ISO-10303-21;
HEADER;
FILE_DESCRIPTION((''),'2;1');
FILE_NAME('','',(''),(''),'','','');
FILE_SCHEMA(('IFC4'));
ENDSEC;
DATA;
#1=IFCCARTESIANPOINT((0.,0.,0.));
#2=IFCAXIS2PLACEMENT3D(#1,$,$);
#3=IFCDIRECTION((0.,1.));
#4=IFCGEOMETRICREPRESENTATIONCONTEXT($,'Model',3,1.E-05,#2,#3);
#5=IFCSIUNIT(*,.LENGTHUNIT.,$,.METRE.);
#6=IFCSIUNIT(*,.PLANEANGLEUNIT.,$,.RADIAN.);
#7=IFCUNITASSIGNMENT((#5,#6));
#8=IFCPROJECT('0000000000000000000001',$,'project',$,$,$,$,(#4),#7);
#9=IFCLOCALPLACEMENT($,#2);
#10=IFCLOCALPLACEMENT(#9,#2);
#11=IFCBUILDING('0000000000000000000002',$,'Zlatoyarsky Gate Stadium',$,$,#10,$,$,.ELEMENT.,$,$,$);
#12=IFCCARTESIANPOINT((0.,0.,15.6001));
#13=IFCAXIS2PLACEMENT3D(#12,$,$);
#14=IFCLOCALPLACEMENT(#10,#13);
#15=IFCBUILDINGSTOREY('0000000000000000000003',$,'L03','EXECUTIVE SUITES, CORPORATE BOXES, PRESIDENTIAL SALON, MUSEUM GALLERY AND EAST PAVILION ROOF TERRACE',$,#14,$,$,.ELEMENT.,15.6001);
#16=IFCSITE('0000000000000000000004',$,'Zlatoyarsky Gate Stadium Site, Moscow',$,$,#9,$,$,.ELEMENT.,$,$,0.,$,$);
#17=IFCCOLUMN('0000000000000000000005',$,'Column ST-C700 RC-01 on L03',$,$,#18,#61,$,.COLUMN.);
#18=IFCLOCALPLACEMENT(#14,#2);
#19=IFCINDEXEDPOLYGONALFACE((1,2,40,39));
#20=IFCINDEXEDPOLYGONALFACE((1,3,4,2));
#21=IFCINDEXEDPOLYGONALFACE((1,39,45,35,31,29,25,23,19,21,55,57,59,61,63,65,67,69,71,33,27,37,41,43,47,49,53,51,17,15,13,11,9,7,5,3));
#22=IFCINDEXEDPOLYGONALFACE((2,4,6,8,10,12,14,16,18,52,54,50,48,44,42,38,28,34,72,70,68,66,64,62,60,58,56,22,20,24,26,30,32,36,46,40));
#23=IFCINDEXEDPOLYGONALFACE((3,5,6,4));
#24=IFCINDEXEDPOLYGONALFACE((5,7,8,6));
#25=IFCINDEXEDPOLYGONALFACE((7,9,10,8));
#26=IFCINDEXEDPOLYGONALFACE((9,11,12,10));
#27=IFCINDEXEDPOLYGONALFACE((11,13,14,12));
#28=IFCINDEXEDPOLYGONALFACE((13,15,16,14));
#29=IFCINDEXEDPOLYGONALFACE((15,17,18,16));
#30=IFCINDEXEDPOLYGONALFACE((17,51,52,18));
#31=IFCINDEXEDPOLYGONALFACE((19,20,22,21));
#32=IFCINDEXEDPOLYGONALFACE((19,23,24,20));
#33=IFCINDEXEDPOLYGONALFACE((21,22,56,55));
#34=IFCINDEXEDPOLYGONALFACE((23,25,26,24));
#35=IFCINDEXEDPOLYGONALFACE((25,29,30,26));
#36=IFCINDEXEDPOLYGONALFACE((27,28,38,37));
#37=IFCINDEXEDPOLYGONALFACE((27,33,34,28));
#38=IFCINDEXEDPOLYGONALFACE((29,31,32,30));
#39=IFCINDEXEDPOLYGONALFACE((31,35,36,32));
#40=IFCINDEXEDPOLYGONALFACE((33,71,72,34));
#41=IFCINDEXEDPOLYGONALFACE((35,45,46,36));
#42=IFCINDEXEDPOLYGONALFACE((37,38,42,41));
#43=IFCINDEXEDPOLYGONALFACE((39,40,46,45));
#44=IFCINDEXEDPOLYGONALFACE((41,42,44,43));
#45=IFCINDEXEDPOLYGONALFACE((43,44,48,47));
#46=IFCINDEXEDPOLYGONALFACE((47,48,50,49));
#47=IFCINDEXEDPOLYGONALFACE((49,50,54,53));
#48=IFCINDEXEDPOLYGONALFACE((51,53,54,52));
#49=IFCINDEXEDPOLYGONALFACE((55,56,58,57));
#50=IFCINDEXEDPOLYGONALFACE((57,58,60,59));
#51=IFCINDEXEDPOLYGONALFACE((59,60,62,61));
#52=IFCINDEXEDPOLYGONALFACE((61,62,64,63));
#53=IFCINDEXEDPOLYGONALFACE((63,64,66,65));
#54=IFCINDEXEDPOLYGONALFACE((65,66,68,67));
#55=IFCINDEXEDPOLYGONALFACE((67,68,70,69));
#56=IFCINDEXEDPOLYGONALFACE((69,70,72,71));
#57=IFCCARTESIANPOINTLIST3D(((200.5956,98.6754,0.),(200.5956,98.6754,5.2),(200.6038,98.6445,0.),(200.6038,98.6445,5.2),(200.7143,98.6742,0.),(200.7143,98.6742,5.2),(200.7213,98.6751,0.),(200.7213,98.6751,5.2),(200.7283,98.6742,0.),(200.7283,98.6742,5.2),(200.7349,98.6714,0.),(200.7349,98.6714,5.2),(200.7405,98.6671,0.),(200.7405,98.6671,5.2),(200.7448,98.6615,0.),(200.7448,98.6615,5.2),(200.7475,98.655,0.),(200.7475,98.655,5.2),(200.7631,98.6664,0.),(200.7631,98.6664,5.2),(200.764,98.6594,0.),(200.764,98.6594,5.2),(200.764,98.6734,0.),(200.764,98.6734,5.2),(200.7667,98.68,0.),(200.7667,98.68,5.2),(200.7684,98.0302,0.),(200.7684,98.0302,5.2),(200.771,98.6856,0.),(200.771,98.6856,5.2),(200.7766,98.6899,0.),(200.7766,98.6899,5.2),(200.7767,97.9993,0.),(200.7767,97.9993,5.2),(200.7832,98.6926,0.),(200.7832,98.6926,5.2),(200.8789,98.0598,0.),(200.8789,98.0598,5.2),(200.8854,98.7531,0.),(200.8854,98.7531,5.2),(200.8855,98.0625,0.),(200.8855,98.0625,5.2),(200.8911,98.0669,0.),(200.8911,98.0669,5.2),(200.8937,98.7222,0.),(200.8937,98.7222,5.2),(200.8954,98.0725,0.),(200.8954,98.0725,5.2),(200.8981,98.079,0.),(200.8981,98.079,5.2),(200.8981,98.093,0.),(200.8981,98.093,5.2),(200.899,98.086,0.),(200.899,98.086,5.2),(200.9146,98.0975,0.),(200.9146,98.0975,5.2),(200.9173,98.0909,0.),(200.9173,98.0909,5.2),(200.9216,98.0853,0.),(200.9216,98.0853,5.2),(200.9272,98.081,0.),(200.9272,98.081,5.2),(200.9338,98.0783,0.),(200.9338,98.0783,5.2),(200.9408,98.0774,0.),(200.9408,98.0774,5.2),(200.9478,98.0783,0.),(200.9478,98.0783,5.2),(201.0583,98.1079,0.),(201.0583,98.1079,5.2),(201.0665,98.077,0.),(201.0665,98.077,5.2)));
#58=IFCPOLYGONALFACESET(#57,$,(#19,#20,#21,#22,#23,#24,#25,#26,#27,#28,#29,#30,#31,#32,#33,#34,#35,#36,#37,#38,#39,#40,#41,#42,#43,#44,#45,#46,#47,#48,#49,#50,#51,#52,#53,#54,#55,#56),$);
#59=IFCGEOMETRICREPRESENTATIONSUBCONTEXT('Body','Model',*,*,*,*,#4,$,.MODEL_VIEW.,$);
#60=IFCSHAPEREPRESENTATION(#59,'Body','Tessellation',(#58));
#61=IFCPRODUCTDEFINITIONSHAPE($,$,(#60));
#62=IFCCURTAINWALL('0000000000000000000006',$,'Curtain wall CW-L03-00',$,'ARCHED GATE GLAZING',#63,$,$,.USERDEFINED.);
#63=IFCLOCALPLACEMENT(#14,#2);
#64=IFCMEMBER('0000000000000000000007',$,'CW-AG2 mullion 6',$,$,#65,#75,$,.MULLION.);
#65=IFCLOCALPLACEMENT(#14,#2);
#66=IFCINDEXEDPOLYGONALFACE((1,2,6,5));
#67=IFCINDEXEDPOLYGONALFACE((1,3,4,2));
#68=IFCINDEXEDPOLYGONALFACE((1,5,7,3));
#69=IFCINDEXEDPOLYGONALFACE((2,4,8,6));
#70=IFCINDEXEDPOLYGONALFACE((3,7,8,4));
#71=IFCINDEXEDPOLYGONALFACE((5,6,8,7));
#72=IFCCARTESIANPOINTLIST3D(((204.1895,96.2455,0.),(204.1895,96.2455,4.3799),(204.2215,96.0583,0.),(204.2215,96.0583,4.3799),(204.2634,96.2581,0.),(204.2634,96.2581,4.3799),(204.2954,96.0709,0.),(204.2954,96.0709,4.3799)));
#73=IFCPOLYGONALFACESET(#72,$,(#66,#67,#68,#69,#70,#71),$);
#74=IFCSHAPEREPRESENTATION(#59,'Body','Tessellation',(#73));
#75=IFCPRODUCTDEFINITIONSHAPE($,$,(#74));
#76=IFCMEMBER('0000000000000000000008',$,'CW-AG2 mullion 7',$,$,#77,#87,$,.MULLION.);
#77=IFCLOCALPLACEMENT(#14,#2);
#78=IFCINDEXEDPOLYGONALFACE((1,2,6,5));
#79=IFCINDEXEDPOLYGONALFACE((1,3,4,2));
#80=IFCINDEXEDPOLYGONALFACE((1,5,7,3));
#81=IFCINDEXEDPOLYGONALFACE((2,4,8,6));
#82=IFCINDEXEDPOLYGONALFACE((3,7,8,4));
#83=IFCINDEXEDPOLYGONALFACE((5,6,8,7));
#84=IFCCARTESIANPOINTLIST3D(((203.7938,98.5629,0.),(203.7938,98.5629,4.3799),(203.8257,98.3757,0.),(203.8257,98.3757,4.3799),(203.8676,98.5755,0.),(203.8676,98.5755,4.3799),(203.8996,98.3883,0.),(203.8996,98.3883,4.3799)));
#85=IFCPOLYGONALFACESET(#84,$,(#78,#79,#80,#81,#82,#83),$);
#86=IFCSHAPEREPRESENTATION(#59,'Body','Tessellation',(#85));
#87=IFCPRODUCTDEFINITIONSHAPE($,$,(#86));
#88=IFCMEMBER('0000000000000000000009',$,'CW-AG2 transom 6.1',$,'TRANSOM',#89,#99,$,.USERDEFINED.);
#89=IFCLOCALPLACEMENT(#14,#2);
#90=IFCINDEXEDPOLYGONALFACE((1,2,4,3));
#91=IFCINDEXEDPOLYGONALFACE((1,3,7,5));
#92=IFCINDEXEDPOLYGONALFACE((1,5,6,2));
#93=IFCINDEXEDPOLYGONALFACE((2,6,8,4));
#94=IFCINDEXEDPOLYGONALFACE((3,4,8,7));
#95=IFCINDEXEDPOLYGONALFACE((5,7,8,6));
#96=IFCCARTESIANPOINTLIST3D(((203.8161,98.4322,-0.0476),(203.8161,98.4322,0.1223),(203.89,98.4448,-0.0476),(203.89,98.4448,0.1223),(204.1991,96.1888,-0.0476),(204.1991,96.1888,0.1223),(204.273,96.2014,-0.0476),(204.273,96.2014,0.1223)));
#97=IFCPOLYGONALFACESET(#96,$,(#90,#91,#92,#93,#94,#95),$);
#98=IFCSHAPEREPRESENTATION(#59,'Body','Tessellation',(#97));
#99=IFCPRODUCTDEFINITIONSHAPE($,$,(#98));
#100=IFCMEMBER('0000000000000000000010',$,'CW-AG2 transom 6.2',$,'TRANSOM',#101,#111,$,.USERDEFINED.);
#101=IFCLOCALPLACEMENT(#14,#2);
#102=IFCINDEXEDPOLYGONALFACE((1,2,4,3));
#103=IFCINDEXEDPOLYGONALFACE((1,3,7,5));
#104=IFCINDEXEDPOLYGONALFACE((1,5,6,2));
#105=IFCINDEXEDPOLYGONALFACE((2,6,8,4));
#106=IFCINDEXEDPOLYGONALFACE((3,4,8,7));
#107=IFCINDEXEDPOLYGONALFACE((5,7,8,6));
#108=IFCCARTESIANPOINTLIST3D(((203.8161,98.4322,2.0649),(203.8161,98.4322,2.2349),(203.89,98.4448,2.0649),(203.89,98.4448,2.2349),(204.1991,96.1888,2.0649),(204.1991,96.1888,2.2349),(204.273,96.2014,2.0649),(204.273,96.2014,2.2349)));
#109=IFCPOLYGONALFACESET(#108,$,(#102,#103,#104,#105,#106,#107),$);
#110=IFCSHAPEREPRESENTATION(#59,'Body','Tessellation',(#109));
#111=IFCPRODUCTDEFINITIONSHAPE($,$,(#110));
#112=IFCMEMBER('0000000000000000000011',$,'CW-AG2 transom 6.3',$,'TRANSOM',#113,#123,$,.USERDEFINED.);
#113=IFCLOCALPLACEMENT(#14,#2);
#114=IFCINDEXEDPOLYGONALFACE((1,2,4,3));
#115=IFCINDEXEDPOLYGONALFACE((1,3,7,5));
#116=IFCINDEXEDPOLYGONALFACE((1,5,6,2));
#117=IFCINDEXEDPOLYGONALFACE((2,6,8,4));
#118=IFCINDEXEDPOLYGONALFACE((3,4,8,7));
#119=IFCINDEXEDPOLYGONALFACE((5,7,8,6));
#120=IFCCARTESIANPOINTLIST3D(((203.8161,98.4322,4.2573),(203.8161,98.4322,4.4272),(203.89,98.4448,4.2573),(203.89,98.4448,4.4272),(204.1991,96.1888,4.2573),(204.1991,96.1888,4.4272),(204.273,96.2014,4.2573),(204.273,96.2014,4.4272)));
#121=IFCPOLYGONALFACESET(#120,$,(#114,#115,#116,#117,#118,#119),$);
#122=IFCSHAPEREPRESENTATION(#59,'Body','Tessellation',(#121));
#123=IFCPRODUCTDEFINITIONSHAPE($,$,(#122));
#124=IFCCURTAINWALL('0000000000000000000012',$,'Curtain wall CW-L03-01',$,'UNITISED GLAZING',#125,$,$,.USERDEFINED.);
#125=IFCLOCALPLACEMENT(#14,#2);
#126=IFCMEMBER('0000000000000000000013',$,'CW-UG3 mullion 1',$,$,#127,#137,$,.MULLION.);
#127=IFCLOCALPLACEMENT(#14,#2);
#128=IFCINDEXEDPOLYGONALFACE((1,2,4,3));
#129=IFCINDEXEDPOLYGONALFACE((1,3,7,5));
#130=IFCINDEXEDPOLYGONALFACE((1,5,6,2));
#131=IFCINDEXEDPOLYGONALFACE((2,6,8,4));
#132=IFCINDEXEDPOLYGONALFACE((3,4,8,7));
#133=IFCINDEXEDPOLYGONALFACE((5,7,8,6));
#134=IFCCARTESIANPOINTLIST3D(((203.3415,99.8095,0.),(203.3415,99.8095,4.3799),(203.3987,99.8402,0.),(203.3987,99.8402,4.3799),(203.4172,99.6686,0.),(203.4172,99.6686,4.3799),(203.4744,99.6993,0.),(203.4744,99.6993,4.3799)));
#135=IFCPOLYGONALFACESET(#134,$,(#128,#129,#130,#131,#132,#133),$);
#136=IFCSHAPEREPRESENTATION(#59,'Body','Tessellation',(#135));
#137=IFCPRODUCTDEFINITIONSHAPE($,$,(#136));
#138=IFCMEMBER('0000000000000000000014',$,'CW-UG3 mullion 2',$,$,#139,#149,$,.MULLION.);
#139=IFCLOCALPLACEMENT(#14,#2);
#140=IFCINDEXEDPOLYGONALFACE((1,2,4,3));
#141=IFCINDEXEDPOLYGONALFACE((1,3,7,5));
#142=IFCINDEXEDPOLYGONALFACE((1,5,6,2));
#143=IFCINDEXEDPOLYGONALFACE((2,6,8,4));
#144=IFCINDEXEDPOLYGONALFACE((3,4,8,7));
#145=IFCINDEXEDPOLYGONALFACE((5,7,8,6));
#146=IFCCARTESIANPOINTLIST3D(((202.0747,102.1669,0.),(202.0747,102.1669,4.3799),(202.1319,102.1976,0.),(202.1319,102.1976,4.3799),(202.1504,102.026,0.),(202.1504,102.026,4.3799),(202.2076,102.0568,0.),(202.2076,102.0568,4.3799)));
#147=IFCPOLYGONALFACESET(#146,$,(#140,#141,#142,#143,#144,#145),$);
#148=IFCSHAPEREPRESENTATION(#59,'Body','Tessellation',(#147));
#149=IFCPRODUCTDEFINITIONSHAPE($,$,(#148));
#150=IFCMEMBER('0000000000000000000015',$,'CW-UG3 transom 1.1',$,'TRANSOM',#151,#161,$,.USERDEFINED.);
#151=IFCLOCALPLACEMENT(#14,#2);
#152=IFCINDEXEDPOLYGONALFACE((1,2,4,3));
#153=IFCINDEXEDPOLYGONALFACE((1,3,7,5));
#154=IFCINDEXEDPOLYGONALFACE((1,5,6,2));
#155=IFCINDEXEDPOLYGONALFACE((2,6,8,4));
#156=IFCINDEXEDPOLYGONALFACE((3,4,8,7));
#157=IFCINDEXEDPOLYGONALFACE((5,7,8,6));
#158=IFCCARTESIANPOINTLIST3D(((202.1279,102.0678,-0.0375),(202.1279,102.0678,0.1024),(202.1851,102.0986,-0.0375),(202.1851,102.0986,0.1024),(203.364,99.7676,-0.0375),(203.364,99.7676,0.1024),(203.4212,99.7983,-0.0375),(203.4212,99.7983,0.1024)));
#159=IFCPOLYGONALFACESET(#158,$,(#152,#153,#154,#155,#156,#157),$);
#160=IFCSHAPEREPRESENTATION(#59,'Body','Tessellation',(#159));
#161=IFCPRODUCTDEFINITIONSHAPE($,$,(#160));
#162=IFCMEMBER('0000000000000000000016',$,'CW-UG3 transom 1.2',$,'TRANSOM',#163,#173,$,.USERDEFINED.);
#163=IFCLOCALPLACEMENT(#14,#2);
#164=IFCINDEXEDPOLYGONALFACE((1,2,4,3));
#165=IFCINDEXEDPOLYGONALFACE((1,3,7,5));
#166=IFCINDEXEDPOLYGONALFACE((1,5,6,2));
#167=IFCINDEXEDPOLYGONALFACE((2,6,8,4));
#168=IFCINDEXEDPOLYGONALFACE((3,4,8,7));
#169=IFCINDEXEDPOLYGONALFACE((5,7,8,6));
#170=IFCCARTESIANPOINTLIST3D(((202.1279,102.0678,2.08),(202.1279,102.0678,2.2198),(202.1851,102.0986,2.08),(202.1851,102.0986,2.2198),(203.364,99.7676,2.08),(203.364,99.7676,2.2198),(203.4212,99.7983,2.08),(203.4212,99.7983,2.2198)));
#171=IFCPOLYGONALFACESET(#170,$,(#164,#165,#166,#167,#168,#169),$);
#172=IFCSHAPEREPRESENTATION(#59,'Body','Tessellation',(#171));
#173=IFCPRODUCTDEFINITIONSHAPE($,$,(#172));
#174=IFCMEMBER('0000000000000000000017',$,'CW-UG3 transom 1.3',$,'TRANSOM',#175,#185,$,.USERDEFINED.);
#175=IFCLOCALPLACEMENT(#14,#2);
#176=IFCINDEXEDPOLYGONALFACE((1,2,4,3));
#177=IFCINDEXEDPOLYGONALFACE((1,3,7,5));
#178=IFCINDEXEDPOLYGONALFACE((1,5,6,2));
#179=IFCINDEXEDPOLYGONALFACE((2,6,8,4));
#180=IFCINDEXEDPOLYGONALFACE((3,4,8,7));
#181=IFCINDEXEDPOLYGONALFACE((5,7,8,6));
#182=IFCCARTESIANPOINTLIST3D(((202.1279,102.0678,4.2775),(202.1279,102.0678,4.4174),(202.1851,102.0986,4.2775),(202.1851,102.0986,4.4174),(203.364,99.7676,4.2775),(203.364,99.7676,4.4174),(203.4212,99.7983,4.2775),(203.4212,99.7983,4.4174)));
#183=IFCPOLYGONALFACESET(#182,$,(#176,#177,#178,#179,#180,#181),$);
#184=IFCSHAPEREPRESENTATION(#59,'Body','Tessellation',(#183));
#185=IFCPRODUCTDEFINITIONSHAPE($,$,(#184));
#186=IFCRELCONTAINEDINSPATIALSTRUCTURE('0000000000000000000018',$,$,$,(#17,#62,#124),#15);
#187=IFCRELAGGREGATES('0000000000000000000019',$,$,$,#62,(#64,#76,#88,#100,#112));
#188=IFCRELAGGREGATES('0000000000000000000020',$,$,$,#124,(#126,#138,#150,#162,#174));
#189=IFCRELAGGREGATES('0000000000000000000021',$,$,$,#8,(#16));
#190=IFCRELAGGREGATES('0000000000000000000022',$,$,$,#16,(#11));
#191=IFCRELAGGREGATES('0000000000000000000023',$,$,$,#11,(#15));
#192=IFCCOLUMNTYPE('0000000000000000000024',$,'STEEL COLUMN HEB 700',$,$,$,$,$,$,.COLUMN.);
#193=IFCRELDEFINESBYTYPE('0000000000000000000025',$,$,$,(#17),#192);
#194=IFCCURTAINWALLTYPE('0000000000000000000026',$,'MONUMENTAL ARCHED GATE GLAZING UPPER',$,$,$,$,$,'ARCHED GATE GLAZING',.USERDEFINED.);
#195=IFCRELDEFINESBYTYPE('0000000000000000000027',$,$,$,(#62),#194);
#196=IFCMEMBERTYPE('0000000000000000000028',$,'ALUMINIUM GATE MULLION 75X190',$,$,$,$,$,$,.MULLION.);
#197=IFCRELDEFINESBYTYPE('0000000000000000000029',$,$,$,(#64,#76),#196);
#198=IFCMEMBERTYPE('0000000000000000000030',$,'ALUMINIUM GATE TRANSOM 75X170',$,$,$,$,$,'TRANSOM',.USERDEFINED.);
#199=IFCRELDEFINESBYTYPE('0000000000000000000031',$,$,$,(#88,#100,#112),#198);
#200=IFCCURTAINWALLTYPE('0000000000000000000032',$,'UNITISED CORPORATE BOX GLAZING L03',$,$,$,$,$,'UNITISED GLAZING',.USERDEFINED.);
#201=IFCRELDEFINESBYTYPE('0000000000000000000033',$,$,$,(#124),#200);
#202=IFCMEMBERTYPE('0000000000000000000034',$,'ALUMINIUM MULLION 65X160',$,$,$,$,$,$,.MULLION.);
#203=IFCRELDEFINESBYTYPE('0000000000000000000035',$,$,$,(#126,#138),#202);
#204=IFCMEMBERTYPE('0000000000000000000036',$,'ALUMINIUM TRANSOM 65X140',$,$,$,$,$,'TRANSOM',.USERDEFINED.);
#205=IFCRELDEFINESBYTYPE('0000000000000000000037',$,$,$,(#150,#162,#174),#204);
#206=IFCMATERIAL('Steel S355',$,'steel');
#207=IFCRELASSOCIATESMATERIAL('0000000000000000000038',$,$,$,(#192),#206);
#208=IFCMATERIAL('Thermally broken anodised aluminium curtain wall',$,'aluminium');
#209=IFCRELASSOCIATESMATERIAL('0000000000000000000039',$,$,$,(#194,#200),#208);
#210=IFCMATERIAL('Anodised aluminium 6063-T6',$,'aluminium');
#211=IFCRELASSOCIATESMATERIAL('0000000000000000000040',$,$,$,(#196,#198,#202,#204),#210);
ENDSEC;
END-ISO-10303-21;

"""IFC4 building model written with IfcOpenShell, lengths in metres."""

from ifc_helpers import new_model, si_unit, direction, frame, origin, origin_2d, place, context, subcontext, project, spatial, rectangle, i_section, extrude, material, material_profile, profile_set, type_object, element, aggregate, save


model = new_model("IFC4")

# Units and contexts
model_context = context("Model", 3, precision=1e-05, world=origin(), true_north=direction((0.0, 1.0)))
body_context = subcontext(model_context, "Body", "Model", "MODEL_VIEW")
ifc_project = project(units=[si_unit("LENGTHUNIT", "METRE"), si_unit("PLANEANGLEUNIT", "RADIAN")], contexts=[model_context])

# Site, building, storey
site_placement = place(None, origin())
site = spatial("IfcSite", under=ifc_project, at=site_placement, Name="Zlatoyarsky Gate Stadium Site, Moscow", CompositionType="ELEMENT", RefElevation=0.0)
building_placement = place(site_placement, origin())
building = spatial("IfcBuilding", under=site, at=building_placement, Name="Zlatoyarsky Gate Stadium", CompositionType="ELEMENT")
storey_placement = place(building_placement, frame((0.0, 0.0, 15.6001)))
storey = spatial("IfcBuildingStorey", under=building, at=storey_placement, Name="L03", Description="EXECUTIVE SUITES, CORPORATE BOXES, PRESIDENTIAL SALON, MUSEUM GALLERY AND EAST PAVILION ROOF TERRACE", CompositionType="ELEMENT", Elevation=15.6001)

# Column
ifc_material_1 = material(Name="Steel S355", Category="steel")
ifc_material_profile_1 = material_profile(ifc_material_1, i_section(OverallWidth=0.3, OverallDepth=0.7, WebThickness=0.0171, FlangeThickness=0.032, FilletRadius=0.0271, at=origin_2d()), Name="HEB 700")
ifc_profile_set_1 = profile_set([ifc_material_profile_1], Name="Steel S355")
column_type = type_object("IfcColumnType", Name="STEEL COLUMN HEB 700", PredefinedType="COLUMN", material=ifc_profile_set_1)
column_placement = place(storey_placement, frame((200.8311, 98.3762, 0.0), z_axis=(0.0, 0.0, 1.0), x_axis=(0.965926, 0.258819, 0.0)))
element("IfcColumn", 1, at=column_placement, inside=storey, type_object=column_type, Name="Column ST-C700 RC-01 on L03", PredefinedType="COLUMN", context=body_context, shape_type="SweptSolid", body=[
    extrude(i_section(OverallWidth=0.3, OverallDepth=0.7, WebThickness=0.0171, FlangeThickness=0.032, FilletRadius=0.0271, at=origin_2d()), origin(), (0.0, 0.0, 1.0), 5.2),
])

# Curtain walls, members
ifc_material_2 = material(Name="Thermally broken anodised aluminium curtain wall", Category="aluminium")
curtain_wall_type_1 = type_object("IfcCurtainWallType", Name="MONUMENTAL ARCHED GATE GLAZING UPPER", ElementType="ARCHED GATE GLAZING", PredefinedType="USERDEFINED", material=ifc_material_2)
curtain_wall_1_placement = place(storey_placement, origin())
curtain_wall_1 = element("IfcCurtainWall", 2, at=curtain_wall_1_placement, inside=storey, type_object=curtain_wall_type_1, Name="Curtain wall CW-L03-00", ObjectType="ARCHED GATE GLAZING", PredefinedType="USERDEFINED")
ifc_material_3 = material(Name="Anodised aluminium 6063-T6", Category="aluminium")
ifc_material_profile_2 = material_profile(ifc_material_3, rectangle(XDim=0.075, YDim=0.1899, at=origin_2d()), Name="ALU 75X190")
ifc_profile_set_2 = profile_set([ifc_material_profile_2], Name="Anodised aluminium 6063-T6")
member_type_1 = type_object("IfcMemberType", Name="ALUMINIUM GATE MULLION 75X190", PredefinedType="MULLION", material=ifc_profile_set_2)
member_1_placement = place(storey_placement, frame((204.2424, 96.1582, 0.0), z_axis=(0.0, 0.0, 1.0), x_axis=(-0.985727, -0.168354, 0.0)))
member_1 = element("IfcMember", 3, at=member_1_placement, type_object=member_type_1, Name="CW-AG2 mullion 6", PredefinedType="MULLION", context=body_context, shape_type="SweptSolid", body=[
    extrude(rectangle(XDim=0.075, YDim=0.1899, at=origin_2d()), origin(), (0.0, 0.0, 1.0), 4.3799),
])
member_2_placement = place(storey_placement, frame((203.8467, 98.4756, 0.0), z_axis=(0.0, 0.0, 1.0), x_axis=(-0.985727, -0.168354, 0.0)))
member_2 = element("IfcMember", 4, at=member_2_placement, type_object=member_type_1, Name="CW-AG2 mullion 7", PredefinedType="MULLION", context=body_context, shape_type="SweptSolid", body=[
    extrude(rectangle(XDim=0.075, YDim=0.1899, at=origin_2d()), origin(), (0.0, 0.0, 1.0), 4.3799),
])
ifc_material_profile_3 = material_profile(ifc_material_3, rectangle(XDim=0.075, YDim=0.1699, at=origin_2d()), Name="ALU 75X170")
ifc_profile_set_3 = profile_set([ifc_material_profile_3], Name="Anodised aluminium 6063-T6")
member_type_2 = type_object("IfcMemberType", Name="ALUMINIUM GATE TRANSOM 75X170", ElementType="TRANSOM", PredefinedType="USERDEFINED", material=ifc_profile_set_3)
member_3_placement = place(storey_placement, frame((204.2361, 96.1951, 0.0374), z_axis=(-0.168312, 0.985734, 0.0), x_axis=(-0.985734, -0.168312, 0.0)))
member_3 = element("IfcMember", 5, at=member_3_placement, type_object=member_type_2, Name="CW-AG2 transom 6.1", ObjectType="TRANSOM", PredefinedType="USERDEFINED", context=body_context, shape_type="SweptSolid", body=[
    extrude(rectangle(XDim=0.075, YDim=0.1699, at=origin_2d()), origin(), (0.0, 0.0, 1.0), 2.2759),
])
member_4_placement = place(storey_placement, frame((204.2361, 96.1951, 2.1499), z_axis=(-0.168312, 0.985734, 0.0), x_axis=(-0.985734, -0.168312, 0.0)))
member_4 = element("IfcMember", 6, at=member_4_placement, type_object=member_type_2, Name="CW-AG2 transom 6.2", ObjectType="TRANSOM", PredefinedType="USERDEFINED", context=body_context, shape_type="SweptSolid", body=[
    extrude(rectangle(XDim=0.075, YDim=0.1699, at=origin_2d()), origin(), (0.0, 0.0, 1.0), 2.2759),
])
member_5_placement = place(storey_placement, frame((204.2361, 96.1951, 4.3423), z_axis=(-0.168312, 0.985734, 0.0), x_axis=(-0.985734, -0.168312, 0.0)))
member_5 = element("IfcMember", 7, at=member_5_placement, type_object=member_type_2, Name="CW-AG2 transom 6.3", ObjectType="TRANSOM", PredefinedType="USERDEFINED", context=body_context, shape_type="SweptSolid", body=[
    extrude(rectangle(XDim=0.075, YDim=0.1699, at=origin_2d()), origin(), (0.0, 0.0, 1.0), 2.2759),
])
curtain_wall_type_2 = type_object("IfcCurtainWallType", Name="UNITISED CORPORATE BOX GLAZING L03", ElementType="UNITISED GLAZING", PredefinedType="USERDEFINED", material=ifc_material_2)
curtain_wall_2_placement = place(storey_placement, origin())
curtain_wall_2 = element("IfcCurtainWall", 8, at=curtain_wall_2_placement, inside=storey, type_object=curtain_wall_type_2, Name="Curtain wall CW-L03-01", ObjectType="UNITISED GLAZING", PredefinedType="USERDEFINED")
ifc_material_profile_4 = material_profile(ifc_material_3, rectangle(XDim=0.0649, YDim=0.1599, at=origin_2d()), Name="ALU 65X160")
ifc_profile_set_4 = profile_set([ifc_material_profile_4], Name="Anodised aluminium 6063-T6")
member_type_3 = type_object("IfcMemberType", Name="ALUMINIUM MULLION 65X160", PredefinedType="MULLION", material=ifc_profile_set_4)
member_6_placement = place(storey_placement, frame((203.408, 99.7544, 0.0), z_axis=(0.0, 0.0, 1.0), x_axis=(-0.880877, -0.473345, 0.0)))
member_6 = element("IfcMember", 9, at=member_6_placement, type_object=member_type_3, Name="CW-UG3 mullion 1", PredefinedType="MULLION", context=body_context, shape_type="SweptSolid", body=[
    extrude(rectangle(XDim=0.0649, YDim=0.1599, at=origin_2d()), origin(), (0.0, 0.0, 1.0), 4.3799),
])
member_7_placement = place(storey_placement, frame((202.1411, 102.1118, 0.0), z_axis=(0.0, 0.0, 1.0), x_axis=(-0.880877, -0.473345, 0.0)))
member_7 = element("IfcMember", 10, at=member_7_placement, type_object=member_type_3, Name="CW-UG3 mullion 2", PredefinedType="MULLION", context=body_context, shape_type="SweptSolid", body=[
    extrude(rectangle(XDim=0.0649, YDim=0.1599, at=origin_2d()), origin(), (0.0, 0.0, 1.0), 4.3799),
])
ifc_material_profile_5 = material_profile(ifc_material_3, rectangle(XDim=0.0649, YDim=0.1399, at=origin_2d()), Name="ALU 65X140")
ifc_profile_set_5 = profile_set([ifc_material_profile_5], Name="Anodised aluminium 6063-T6")
member_type_4 = type_object("IfcMemberType", Name="ALUMINIUM TRANSOM 65X140", ElementType="TRANSOM", PredefinedType="USERDEFINED", material=ifc_profile_set_5)
member_8_placement = place(storey_placement, frame((203.3926, 99.783, 0.0325), z_axis=(-0.473347, 0.880876, 0.0), x_axis=(-0.880876, -0.473347, 0.0)))
member_8 = element("IfcMember", 11, at=member_8_placement, type_object=member_type_4, Name="CW-UG3 transom 1.1", ObjectType="TRANSOM", PredefinedType="USERDEFINED", context=body_context, shape_type="SweptSolid", body=[
    extrude(rectangle(XDim=0.0649, YDim=0.1399, at=origin_2d()), origin(), (0.0, 0.0, 1.0), 2.6113),
])
member_9_placement = place(storey_placement, frame((203.3926, 99.783, 2.1499), z_axis=(-0.473347, 0.880876, 0.0), x_axis=(-0.880876, -0.473347, 0.0)))
member_9 = element("IfcMember", 12, at=member_9_placement, type_object=member_type_4, Name="CW-UG3 transom 1.2", ObjectType="TRANSOM", PredefinedType="USERDEFINED", context=body_context, shape_type="SweptSolid", body=[
    extrude(rectangle(XDim=0.0649, YDim=0.1399, at=origin_2d()), origin(), (0.0, 0.0, 1.0), 2.6113),
])
member_10_placement = place(storey_placement, frame((203.3926, 99.783, 4.3474), z_axis=(-0.473347, 0.880876, 0.0), x_axis=(-0.880876, -0.473347, 0.0)))
member_10 = element("IfcMember", 13, at=member_10_placement, type_object=member_type_4, Name="CW-UG3 transom 1.3", ObjectType="TRANSOM", PredefinedType="USERDEFINED", context=body_context, shape_type="SweptSolid", body=[
    extrude(rectangle(XDim=0.0649, YDim=0.1399, at=origin_2d()), origin(), (0.0, 0.0, 1.0), 2.6113),
])

aggregate(curtain_wall_1, [member_1, member_2, member_3, member_4, member_5])

aggregate(curtain_wall_2, [member_6, member_7, member_8, member_9, member_10])

save(model, "model.ifc")
